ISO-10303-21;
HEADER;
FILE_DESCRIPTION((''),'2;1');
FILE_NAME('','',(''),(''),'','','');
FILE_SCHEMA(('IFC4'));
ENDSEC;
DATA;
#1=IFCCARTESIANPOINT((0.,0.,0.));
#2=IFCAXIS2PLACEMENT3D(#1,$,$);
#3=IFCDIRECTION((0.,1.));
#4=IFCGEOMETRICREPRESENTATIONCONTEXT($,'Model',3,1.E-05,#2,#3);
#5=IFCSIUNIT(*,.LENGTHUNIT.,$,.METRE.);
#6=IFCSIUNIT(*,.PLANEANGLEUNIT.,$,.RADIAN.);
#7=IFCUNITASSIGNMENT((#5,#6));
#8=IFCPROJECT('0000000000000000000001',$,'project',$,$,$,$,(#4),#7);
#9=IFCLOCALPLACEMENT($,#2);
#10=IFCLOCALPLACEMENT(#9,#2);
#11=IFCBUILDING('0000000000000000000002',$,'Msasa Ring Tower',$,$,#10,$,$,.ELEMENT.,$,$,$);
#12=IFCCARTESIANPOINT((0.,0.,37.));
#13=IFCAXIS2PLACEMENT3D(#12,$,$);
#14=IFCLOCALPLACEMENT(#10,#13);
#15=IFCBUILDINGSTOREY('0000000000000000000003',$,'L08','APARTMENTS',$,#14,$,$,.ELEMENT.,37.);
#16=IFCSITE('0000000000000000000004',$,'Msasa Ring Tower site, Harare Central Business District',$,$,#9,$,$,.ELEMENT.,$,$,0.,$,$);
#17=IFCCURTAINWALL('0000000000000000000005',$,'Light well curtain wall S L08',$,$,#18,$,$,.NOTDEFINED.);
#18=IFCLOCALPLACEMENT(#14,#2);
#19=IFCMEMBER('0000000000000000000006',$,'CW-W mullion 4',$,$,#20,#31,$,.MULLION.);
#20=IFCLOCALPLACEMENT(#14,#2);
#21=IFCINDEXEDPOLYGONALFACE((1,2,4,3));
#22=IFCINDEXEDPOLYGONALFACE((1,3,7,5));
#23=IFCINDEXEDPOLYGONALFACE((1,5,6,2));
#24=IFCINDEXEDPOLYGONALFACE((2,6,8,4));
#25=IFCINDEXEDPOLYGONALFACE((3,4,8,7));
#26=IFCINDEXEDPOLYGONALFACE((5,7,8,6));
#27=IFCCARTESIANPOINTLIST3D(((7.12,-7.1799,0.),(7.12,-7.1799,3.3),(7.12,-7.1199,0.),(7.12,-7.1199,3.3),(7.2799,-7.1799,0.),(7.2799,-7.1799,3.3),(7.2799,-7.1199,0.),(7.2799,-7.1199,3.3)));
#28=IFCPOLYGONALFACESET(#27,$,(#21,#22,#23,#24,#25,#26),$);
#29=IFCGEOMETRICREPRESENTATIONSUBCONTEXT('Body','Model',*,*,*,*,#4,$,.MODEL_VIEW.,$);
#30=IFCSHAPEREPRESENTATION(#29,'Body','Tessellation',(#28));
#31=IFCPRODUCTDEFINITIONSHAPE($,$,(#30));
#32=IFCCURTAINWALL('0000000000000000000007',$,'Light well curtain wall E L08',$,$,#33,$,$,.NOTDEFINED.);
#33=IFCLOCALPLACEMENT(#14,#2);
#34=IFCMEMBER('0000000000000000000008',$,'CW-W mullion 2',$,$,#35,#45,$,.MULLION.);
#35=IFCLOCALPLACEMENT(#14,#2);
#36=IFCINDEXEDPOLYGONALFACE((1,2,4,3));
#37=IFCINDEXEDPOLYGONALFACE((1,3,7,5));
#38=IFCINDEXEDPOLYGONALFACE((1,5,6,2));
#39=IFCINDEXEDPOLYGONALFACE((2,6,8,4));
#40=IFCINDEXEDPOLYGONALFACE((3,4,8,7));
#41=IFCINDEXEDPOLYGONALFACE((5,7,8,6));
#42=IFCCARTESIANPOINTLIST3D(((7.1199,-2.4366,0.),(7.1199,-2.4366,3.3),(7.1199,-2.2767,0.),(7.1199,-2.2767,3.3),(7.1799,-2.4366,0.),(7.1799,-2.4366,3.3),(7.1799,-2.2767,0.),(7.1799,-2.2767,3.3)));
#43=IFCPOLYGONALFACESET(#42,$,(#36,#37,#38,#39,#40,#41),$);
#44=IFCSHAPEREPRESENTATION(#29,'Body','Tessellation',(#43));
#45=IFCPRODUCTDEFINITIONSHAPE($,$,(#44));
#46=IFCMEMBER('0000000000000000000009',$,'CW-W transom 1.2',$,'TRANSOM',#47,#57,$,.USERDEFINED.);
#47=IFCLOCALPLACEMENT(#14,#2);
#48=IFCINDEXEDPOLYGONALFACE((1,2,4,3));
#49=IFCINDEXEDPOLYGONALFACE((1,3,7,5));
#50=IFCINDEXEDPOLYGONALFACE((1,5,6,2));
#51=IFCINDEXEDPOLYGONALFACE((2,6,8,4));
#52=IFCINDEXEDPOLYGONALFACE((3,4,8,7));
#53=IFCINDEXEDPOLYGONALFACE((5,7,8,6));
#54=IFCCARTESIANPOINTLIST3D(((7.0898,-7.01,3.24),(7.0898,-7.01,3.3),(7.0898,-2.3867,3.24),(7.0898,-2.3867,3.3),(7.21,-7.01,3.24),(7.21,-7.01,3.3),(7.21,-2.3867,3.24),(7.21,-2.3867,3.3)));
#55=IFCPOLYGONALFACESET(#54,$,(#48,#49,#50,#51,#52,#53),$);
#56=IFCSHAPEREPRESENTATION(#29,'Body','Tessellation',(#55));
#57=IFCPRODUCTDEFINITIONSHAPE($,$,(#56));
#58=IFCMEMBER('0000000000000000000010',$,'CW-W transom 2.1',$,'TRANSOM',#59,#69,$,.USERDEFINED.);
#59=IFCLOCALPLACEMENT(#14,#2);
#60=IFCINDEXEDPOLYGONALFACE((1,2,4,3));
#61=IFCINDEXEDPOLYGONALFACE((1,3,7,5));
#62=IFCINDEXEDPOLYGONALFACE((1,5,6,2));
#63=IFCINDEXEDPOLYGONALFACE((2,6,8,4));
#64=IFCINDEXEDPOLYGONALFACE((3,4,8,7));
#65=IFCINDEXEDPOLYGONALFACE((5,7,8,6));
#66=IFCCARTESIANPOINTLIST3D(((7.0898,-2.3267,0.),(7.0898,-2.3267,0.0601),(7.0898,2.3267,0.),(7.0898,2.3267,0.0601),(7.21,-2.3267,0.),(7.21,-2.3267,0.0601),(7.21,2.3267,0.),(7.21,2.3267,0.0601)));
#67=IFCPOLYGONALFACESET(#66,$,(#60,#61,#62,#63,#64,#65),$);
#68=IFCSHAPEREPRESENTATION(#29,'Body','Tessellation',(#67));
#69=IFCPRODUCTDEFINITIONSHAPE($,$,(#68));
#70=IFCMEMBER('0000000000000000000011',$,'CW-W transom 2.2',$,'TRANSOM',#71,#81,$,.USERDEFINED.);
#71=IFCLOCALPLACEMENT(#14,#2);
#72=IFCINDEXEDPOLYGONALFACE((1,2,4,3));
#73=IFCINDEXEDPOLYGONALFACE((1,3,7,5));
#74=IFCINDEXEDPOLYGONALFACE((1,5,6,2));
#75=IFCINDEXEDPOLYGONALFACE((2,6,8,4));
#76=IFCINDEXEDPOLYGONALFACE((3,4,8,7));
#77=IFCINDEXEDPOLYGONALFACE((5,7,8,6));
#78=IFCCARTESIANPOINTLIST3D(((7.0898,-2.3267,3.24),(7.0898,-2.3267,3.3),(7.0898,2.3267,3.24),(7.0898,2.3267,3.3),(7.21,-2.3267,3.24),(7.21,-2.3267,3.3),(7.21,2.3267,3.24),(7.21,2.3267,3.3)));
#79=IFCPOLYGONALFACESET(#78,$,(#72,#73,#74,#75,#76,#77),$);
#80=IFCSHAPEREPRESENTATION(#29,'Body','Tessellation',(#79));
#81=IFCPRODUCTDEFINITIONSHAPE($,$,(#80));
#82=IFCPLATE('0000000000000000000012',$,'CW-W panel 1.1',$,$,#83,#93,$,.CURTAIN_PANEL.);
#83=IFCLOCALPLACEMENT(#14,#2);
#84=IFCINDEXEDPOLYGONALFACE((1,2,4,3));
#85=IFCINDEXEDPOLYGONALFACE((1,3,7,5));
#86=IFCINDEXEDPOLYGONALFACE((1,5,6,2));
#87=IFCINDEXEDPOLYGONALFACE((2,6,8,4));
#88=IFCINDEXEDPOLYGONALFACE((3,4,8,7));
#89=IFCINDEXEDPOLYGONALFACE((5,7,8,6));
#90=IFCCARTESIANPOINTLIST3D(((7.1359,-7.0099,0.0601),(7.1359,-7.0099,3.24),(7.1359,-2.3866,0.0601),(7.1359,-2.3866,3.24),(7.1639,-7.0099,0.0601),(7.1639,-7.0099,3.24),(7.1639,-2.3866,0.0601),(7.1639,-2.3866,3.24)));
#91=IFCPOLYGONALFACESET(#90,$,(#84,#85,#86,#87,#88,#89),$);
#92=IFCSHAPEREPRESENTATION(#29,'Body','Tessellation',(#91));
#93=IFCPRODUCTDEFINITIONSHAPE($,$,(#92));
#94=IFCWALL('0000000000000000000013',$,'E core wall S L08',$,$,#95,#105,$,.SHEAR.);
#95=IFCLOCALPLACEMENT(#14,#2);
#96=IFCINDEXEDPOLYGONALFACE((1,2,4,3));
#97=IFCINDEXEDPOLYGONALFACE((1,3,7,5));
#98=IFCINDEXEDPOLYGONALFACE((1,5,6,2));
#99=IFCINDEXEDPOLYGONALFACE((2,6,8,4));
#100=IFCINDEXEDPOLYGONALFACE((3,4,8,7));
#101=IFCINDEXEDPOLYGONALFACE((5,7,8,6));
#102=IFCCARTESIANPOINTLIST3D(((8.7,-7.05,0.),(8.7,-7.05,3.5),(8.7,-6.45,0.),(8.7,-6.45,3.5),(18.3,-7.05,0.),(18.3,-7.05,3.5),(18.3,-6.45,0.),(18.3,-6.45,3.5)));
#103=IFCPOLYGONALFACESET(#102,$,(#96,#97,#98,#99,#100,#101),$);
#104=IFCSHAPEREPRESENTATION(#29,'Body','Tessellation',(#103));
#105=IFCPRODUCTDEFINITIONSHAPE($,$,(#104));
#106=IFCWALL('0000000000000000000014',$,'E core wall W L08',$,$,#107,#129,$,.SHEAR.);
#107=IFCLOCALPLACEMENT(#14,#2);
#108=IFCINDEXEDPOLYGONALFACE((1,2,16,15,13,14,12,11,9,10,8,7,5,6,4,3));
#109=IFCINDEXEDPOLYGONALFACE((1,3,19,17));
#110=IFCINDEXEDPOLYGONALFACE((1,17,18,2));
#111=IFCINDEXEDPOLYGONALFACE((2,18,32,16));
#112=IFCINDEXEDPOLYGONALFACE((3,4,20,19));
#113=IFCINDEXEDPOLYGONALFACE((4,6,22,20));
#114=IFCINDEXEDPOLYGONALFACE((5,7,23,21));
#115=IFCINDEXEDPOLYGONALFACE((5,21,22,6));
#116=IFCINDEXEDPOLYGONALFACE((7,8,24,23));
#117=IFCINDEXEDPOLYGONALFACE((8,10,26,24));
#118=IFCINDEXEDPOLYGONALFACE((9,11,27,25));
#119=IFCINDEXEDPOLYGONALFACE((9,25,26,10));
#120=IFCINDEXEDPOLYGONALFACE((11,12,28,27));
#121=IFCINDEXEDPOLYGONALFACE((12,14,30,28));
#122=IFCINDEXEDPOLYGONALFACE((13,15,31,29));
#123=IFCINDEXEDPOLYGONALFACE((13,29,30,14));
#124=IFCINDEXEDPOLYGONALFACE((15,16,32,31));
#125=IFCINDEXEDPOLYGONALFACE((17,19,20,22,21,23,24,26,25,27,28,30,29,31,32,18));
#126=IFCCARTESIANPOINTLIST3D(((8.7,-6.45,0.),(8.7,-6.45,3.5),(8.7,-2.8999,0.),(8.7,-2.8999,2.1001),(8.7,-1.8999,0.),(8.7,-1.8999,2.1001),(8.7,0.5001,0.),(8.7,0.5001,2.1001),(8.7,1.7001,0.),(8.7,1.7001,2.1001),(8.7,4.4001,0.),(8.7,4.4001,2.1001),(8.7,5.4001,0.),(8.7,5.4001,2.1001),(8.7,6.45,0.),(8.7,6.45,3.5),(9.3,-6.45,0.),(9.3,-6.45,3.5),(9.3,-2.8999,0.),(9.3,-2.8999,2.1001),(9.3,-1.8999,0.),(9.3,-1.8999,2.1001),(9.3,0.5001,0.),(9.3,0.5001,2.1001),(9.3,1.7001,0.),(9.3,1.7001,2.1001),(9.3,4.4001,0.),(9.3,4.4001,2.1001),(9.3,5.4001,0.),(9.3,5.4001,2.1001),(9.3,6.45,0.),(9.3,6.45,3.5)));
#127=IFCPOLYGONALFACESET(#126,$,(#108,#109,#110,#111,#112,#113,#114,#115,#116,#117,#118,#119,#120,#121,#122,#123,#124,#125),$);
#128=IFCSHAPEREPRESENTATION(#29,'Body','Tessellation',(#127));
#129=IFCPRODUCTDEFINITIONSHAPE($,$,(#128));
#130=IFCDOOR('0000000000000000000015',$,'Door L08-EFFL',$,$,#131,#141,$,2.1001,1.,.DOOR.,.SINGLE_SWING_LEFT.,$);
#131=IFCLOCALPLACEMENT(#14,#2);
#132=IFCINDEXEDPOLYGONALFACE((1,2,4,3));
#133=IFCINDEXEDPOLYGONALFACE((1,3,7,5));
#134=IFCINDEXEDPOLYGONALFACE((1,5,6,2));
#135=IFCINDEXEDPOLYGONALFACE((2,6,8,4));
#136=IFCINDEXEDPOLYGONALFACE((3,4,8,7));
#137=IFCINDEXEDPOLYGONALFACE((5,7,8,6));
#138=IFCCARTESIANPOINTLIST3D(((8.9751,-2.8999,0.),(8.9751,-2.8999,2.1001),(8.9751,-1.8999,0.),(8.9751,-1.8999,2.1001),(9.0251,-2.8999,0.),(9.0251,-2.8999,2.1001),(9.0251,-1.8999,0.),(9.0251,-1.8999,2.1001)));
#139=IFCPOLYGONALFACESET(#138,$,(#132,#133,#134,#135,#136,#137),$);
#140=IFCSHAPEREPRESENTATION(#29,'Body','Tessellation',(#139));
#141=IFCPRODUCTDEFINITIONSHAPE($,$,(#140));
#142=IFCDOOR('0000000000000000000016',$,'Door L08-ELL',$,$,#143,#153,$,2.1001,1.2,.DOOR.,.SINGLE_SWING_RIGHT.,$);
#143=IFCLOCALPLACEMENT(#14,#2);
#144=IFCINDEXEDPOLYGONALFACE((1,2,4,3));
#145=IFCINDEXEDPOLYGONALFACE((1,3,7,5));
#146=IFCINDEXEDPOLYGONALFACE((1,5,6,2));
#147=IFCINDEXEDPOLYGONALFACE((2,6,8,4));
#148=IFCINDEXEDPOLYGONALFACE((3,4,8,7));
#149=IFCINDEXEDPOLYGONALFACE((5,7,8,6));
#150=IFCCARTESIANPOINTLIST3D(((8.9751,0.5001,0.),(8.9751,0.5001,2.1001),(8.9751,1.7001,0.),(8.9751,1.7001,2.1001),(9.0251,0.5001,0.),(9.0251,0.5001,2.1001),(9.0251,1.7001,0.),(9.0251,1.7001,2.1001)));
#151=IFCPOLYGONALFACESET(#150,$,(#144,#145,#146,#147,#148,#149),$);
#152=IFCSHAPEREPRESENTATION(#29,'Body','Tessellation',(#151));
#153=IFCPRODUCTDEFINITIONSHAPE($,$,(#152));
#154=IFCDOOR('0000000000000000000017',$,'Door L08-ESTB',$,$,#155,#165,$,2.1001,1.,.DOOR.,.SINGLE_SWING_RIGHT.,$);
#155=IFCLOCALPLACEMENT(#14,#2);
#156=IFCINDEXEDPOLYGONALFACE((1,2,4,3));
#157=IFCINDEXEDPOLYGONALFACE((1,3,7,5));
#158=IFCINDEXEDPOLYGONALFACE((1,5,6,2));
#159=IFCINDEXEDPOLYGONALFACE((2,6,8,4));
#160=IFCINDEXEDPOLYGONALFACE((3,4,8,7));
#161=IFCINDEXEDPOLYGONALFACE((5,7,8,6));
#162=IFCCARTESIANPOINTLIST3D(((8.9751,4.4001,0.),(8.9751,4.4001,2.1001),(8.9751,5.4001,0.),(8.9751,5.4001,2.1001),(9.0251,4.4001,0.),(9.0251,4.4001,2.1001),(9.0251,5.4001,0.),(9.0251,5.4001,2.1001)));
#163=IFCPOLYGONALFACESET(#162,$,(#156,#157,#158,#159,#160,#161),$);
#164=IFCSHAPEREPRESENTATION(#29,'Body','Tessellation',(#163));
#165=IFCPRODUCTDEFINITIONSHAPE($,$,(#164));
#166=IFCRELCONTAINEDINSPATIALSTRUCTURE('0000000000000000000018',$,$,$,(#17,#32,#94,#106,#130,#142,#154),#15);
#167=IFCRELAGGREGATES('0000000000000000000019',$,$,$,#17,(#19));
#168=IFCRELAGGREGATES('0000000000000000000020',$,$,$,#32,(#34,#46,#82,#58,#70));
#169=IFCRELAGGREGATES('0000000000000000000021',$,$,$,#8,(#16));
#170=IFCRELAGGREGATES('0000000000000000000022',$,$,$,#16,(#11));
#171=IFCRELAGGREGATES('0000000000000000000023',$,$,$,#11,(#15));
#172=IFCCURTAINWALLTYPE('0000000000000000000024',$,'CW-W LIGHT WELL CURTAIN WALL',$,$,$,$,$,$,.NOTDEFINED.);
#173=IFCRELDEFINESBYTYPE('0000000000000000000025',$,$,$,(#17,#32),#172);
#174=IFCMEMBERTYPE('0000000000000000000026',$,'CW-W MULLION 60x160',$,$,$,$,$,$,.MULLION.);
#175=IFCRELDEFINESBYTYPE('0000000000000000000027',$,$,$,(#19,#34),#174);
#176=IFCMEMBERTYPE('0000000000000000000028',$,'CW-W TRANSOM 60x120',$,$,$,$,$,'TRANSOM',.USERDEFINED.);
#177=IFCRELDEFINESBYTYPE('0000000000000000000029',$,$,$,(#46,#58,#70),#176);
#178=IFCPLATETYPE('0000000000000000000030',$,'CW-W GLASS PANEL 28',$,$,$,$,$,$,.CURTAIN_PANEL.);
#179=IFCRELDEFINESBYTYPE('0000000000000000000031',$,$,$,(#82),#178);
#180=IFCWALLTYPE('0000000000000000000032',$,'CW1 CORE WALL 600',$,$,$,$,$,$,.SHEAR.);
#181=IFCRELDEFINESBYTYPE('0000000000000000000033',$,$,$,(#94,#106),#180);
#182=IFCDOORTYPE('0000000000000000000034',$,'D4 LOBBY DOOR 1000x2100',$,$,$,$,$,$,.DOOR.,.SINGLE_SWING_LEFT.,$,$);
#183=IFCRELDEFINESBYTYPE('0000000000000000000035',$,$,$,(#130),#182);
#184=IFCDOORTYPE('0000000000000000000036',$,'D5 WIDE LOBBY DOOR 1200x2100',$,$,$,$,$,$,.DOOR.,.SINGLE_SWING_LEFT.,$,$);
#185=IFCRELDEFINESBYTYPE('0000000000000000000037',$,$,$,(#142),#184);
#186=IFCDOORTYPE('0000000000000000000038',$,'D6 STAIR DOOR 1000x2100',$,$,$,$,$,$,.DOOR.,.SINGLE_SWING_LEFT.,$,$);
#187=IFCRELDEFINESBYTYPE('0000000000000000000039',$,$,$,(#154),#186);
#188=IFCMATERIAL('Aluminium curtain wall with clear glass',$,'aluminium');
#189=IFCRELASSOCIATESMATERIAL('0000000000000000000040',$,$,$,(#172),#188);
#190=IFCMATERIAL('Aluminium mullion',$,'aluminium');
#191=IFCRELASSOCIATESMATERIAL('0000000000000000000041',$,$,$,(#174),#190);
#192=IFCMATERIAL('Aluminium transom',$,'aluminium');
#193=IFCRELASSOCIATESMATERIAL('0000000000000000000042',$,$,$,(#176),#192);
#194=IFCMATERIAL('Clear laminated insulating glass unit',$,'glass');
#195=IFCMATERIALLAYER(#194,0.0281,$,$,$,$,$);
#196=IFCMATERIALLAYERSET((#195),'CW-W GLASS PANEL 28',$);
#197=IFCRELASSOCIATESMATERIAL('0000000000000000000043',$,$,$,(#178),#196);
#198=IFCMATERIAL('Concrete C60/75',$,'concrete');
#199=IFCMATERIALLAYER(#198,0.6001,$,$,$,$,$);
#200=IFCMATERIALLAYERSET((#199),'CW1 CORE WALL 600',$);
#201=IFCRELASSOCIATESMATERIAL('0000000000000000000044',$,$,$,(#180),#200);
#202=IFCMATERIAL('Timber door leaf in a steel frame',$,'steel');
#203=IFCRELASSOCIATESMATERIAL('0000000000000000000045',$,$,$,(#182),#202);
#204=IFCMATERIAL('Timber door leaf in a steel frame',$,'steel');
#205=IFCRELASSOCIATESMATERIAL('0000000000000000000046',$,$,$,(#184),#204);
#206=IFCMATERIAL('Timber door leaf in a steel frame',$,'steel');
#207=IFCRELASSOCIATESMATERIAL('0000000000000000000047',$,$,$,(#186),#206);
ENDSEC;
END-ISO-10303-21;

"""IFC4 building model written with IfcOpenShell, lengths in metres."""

from ifc_helpers import new_model, si_unit, direction, frame, frame_2d, origin, origin_2d, place, context, subcontext, project, spatial, rectangle, extrude, material, layer, layer_set, material_profile, profile_set, type_object, element, fill, aggregate, save


model = new_model("IFC4")

# Units and contexts
model_context = context("Model", 3, precision=1e-05, world=origin(), true_north=direction((0.0, 1.0)))
body_context = subcontext(model_context, "Body", "Model", "MODEL_VIEW")
ifc_project = project(units=[si_unit("LENGTHUNIT", "METRE"), si_unit("PLANEANGLEUNIT", "RADIAN")], contexts=[model_context])

# Site, building, storey
site_placement = place(None, origin())
site = spatial("IfcSite", under=ifc_project, at=site_placement, Name="Msasa Ring Tower site, Harare Central Business District", CompositionType="ELEMENT", RefElevation=0.0)
building_placement = place(site_placement, origin())
building = spatial("IfcBuilding", under=site, at=building_placement, Name="Msasa Ring Tower", CompositionType="ELEMENT")
storey_placement = place(building_placement, frame((0.0, 0.0, 37.0)))
storey = spatial("IfcBuildingStorey", under=building, at=storey_placement, Name="L08", Description="APARTMENTS", CompositionType="ELEMENT", Elevation=37.0)

# Curtain wall, member
ifc_material_1 = material(Name="Aluminium curtain wall with clear glass", Category="aluminium")
curtain_wall_type = type_object("IfcCurtainWallType", Name="CW-W LIGHT WELL CURTAIN WALL", PredefinedType="NOTDEFINED", material=ifc_material_1)
curtain_wall_1_placement = place(storey_placement, origin())
curtain_wall_1 = element("IfcCurtainWall", 1, at=curtain_wall_1_placement, inside=storey, type_object=curtain_wall_type, Name="Light well curtain wall S L08", PredefinedType="NOTDEFINED")
ifc_material_2 = material(Name="Aluminium mullion", Category="aluminium")
ifc_material_profile_1 = material_profile(ifc_material_2, rectangle(XDim=0.0601, YDim=0.1599, at=origin_2d()), Name="AL 60x160")
ifc_profile_set_1 = profile_set([ifc_material_profile_1], Name="Aluminium mullion")
member_type_1 = type_object("IfcMemberType", Name="CW-W MULLION 60x160", PredefinedType="MULLION", material=ifc_profile_set_1)
member_1_placement = place(storey_placement, frame((7.2, -7.1499, 0.0), z_axis=(0.0, 0.0, 1.0), x_axis=(0.0, 1.0, 0.0)))
member_1 = element("IfcMember", 2, at=member_1_placement, type_object=member_type_1, Name="CW-W mullion 4", PredefinedType="MULLION", context=body_context, shape_type="SweptSolid", body=[
    extrude(rectangle(XDim=0.0601, YDim=0.1599, at=origin_2d()), origin(), (0.0, 0.0, 1.0), 3.3),
])
aggregate(curtain_wall_1, [member_1])

# Curtain wall, members, plate
curtain_wall_2_placement = place(storey_placement, origin())
curtain_wall_2 = element("IfcCurtainWall", 3, at=curtain_wall_2_placement, inside=storey, type_object=curtain_wall_type, Name="Light well curtain wall E L08", PredefinedType="NOTDEFINED")
member_2_placement = place(storey_placement, frame((7.1499, -2.3567, 0.0), z_axis=(0.0, 0.0, 1.0), x_axis=(-1.0, 0.0, 0.0)))
member_2 = element("IfcMember", 4, at=member_2_placement, type_object=member_type_1, Name="CW-W mullion 2", PredefinedType="MULLION", context=body_context, shape_type="SweptSolid", body=[
    extrude(rectangle(XDim=0.0601, YDim=0.1599, at=origin_2d()), origin(), (0.0, 0.0, 1.0), 3.3),
])
ifc_material_3 = material(Name="Aluminium transom", Category="aluminium")
ifc_material_profile_2 = material_profile(ifc_material_3, rectangle(XDim=0.1201, YDim=0.0601, at=origin_2d()), Name="AL 60x120")
ifc_profile_set_2 = profile_set([ifc_material_profile_2], Name="Aluminium transom")
member_type_2 = type_object("IfcMemberType", Name="CW-W TRANSOM 60x120", ElementType="TRANSOM", PredefinedType="USERDEFINED", material=ifc_profile_set_2)
member_3_placement = place(storey_placement, frame((7.1499, -7.01, 3.27), z_axis=(0.0, 1.0, 0.0), x_axis=(-1.0, 0.0, 0.0)))
member_3 = element("IfcMember", 5, at=member_3_placement, type_object=member_type_2, Name="CW-W transom 1.2", ObjectType="TRANSOM", PredefinedType="USERDEFINED", context=body_context, shape_type="SweptSolid", body=[
    extrude(rectangle(XDim=0.1201, YDim=0.0601, at=origin_2d()), origin(), (0.0, 0.0, 1.0), 4.6233),
])
member_4_placement = place(storey_placement, frame((7.1499, -2.3267, 0.03), z_axis=(0.0, 1.0, 0.0), x_axis=(-1.0, 0.0, 0.0)))
member_4 = element("IfcMember", 6, at=member_4_placement, type_object=member_type_2, Name="CW-W transom 2.1", ObjectType="TRANSOM", PredefinedType="USERDEFINED", context=body_context, shape_type="SweptSolid", body=[
    extrude(rectangle(XDim=0.1201, YDim=0.0601, at=origin_2d()), origin(), (0.0, 0.0, 1.0), 4.6533),
])
member_5_placement = place(storey_placement, frame((7.1499, -2.3267, 3.27), z_axis=(0.0, 1.0, 0.0), x_axis=(-1.0, 0.0, 0.0)))
member_5 = element("IfcMember", 7, at=member_5_placement, type_object=member_type_2, Name="CW-W transom 2.2", ObjectType="TRANSOM", PredefinedType="USERDEFINED", context=body_context, shape_type="SweptSolid", body=[
    extrude(rectangle(XDim=0.1201, YDim=0.0601, at=origin_2d()), origin(), (0.0, 0.0, 1.0), 4.6533),
])
ifc_material_4 = material(Name="Clear laminated insulating glass unit", Category="glass")
ifc_layer_1 = layer(ifc_material_4, 0.0281)
ifc_layer_set_1 = layer_set([ifc_layer_1], Name="CW-W GLASS PANEL 28")
plate_type = type_object("IfcPlateType", Name="CW-W GLASS PANEL 28", PredefinedType="CURTAIN_PANEL", material=ifc_layer_set_1)
plate_placement = place(storey_placement, frame((7.1499, -4.6982, 0.0601), z_axis=(0.0, 0.0, 1.0), x_axis=(0.0, 1.0, 0.0)))
plate = element("IfcPlate", 8, at=plate_placement, type_object=plate_type, Name="CW-W panel 1.1", PredefinedType="CURTAIN_PANEL", context=body_context, shape_type="SweptSolid", body=[
    extrude(rectangle(XDim=4.6233, YDim=0.0281, at=origin_2d()), origin(), (0.0, 0.0, 1.0), 3.1799),
])
aggregate(curtain_wall_2, [member_2, member_3, plate, member_4, member_5])

# Wall
ifc_material_5 = material(Name="Concrete C60/75", Category="concrete")
ifc_layer_2 = layer(ifc_material_5, 0.6001)
ifc_layer_set_2 = layer_set([ifc_layer_2], Name="CW1 CORE WALL 600")
wall_type_1 = type_object("IfcWallType", Name="CW1 CORE WALL 600", PredefinedType="SHEAR", material=ifc_layer_set_2)
wall_1_placement = place(storey_placement, frame((8.7, -6.75, 0.0), z_axis=(0.0, 0.0, 1.0), x_axis=(1.0, 0.0, 0.0)))
element("IfcWall", 9, at=wall_1_placement, inside=storey, type_object=wall_type_1, Name="E core wall S L08", PredefinedType="SHEAR", context=body_context, shape_type="SweptSolid", body=[
    extrude(rectangle(XDim=9.6001, YDim=0.6001, at=frame_2d((4.8, 0.0))), origin(), (0.0, 0.0, 1.0), 3.5),
])

# Wall, openings, doors
wall_2_placement = place(storey_placement, frame((9.0, -6.45, 0.0), z_axis=(0.0, 0.0, 1.0), x_axis=(0.0, 1.0, 0.0)))
wall_2 = element("IfcWall", 10, at=wall_2_placement, inside=storey, type_object=wall_type_1, Name="E core wall W L08", PredefinedType="SHEAR", context=body_context, shape_type="SweptSolid", body=[
    extrude(rectangle(XDim=12.8999, YDim=0.6001, at=frame_2d((6.45, 0.0))), origin(), (0.0, 0.0, 1.0), 3.5),
])
opening_1_placement = place(wall_2_placement, frame((3.55, 0.0, 0.0)))
opening_1 = element("IfcOpeningElement", 11, at=opening_1_placement, cuts=wall_2, PredefinedType="OPENING", context=body_context, shape_type="SweptSolid", body=[
    extrude(rectangle(XDim=1.0, YDim=2.1001, at=frame_2d((0.5, 1.05))), frame((0.0, 0.3101, 0.0), z_axis=(0.0, -1.0, 0.0), x_axis=(1.0, 0.0, 0.0)), (0.0, 0.0, 1.0), 0.6201),
])
opening_2_placement = place(wall_2_placement, frame((6.95, 0.0, 0.0)))
opening_2 = element("IfcOpeningElement", 12, at=opening_2_placement, cuts=wall_2, PredefinedType="OPENING", context=body_context, shape_type="SweptSolid", body=[
    extrude(rectangle(XDim=1.2, YDim=2.1001, at=frame_2d((0.6001, 1.05))), frame((0.0, 0.3101, 0.0), z_axis=(0.0, -1.0, 0.0), x_axis=(1.0, 0.0, 0.0)), (0.0, 0.0, 1.0), 0.6201),
])
opening_3_placement = place(wall_2_placement, frame((10.8501, 0.0, 0.0)))
opening_3 = element("IfcOpeningElement", 13, at=opening_3_placement, cuts=wall_2, PredefinedType="OPENING", context=body_context, shape_type="SweptSolid", body=[
    extrude(rectangle(XDim=1.0, YDim=2.1001, at=frame_2d((0.5, 1.05))), frame((0.0, 0.3101, 0.0), z_axis=(0.0, -1.0, 0.0), x_axis=(1.0, 0.0, 0.0)), (0.0, 0.0, 1.0), 0.6201),
])
ifc_material_6 = material(Name="Timber door leaf in a steel frame", Category="steel")
door_type_1 = type_object("IfcDoorType", Name="D4 LOBBY DOOR 1000x2100", OperationType="SINGLE_SWING_LEFT", PredefinedType="DOOR", material=ifc_material_6)
door_1_placement = place(opening_1_placement, origin())
door_1 = element("IfcDoor", 14, at=door_1_placement, inside=storey, type_object=door_type_1, Name="Door L08-EFFL", OperationType="SINGLE_SWING_LEFT", OverallHeight=2.1001, OverallWidth=1.0, PredefinedType="DOOR", context=body_context, shape_type="SweptSolid", body=[
    extrude(rectangle(XDim=1.0, YDim=2.1001, at=frame_2d((0.5, 1.05))), frame((0.0, 0.0249, 0.0), z_axis=(0.0, -1.0, 0.0), x_axis=(1.0, 0.0, 0.0)), (0.0, 0.0, 1.0), 0.05),
])
fill(opening_1, door_1)
ifc_material_7 = material(Name="Timber door leaf in a steel frame", Category="steel")
door_type_2 = type_object("IfcDoorType", Name="D5 WIDE LOBBY DOOR 1200x2100", OperationType="SINGLE_SWING_LEFT", PredefinedType="DOOR", material=ifc_material_7)
door_2_placement = place(opening_2_placement, origin())
door_2 = element("IfcDoor", 15, at=door_2_placement, inside=storey, type_object=door_type_2, Name="Door L08-ELL", OperationType="SINGLE_SWING_RIGHT", OverallHeight=2.1001, OverallWidth=1.2, PredefinedType="DOOR", context=body_context, shape_type="SweptSolid", body=[
    extrude(rectangle(XDim=1.2, YDim=2.1001, at=frame_2d((0.6001, 1.05))), frame((0.0, 0.0249, 0.0), z_axis=(0.0, -1.0, 0.0), x_axis=(1.0, 0.0, 0.0)), (0.0, 0.0, 1.0), 0.05),
])
fill(opening_2, door_2)
ifc_material_8 = material(Name="Timber door leaf in a steel frame", Category="steel")
door_type_3 = type_object("IfcDoorType", Name="D6 STAIR DOOR 1000x2100", OperationType="SINGLE_SWING_LEFT", PredefinedType="DOOR", material=ifc_material_8)
door_3_placement = place(opening_3_placement, origin())
door_3 = element("IfcDoor", 16, at=door_3_placement, inside=storey, type_object=door_type_3, Name="Door L08-ESTB", OperationType="SINGLE_SWING_RIGHT", OverallHeight=2.1001, OverallWidth=1.0, PredefinedType="DOOR", context=body_context, shape_type="SweptSolid", body=[
    extrude(rectangle(XDim=1.0, YDim=2.1001, at=frame_2d((0.5, 1.05))), frame((0.0, 0.0249, 0.0), z_axis=(0.0, -1.0, 0.0), x_axis=(1.0, 0.0, 0.0)), (0.0, 0.0, 1.0), 0.05),
])
fill(opening_3, door_3)

save(model, "model.ifc")
